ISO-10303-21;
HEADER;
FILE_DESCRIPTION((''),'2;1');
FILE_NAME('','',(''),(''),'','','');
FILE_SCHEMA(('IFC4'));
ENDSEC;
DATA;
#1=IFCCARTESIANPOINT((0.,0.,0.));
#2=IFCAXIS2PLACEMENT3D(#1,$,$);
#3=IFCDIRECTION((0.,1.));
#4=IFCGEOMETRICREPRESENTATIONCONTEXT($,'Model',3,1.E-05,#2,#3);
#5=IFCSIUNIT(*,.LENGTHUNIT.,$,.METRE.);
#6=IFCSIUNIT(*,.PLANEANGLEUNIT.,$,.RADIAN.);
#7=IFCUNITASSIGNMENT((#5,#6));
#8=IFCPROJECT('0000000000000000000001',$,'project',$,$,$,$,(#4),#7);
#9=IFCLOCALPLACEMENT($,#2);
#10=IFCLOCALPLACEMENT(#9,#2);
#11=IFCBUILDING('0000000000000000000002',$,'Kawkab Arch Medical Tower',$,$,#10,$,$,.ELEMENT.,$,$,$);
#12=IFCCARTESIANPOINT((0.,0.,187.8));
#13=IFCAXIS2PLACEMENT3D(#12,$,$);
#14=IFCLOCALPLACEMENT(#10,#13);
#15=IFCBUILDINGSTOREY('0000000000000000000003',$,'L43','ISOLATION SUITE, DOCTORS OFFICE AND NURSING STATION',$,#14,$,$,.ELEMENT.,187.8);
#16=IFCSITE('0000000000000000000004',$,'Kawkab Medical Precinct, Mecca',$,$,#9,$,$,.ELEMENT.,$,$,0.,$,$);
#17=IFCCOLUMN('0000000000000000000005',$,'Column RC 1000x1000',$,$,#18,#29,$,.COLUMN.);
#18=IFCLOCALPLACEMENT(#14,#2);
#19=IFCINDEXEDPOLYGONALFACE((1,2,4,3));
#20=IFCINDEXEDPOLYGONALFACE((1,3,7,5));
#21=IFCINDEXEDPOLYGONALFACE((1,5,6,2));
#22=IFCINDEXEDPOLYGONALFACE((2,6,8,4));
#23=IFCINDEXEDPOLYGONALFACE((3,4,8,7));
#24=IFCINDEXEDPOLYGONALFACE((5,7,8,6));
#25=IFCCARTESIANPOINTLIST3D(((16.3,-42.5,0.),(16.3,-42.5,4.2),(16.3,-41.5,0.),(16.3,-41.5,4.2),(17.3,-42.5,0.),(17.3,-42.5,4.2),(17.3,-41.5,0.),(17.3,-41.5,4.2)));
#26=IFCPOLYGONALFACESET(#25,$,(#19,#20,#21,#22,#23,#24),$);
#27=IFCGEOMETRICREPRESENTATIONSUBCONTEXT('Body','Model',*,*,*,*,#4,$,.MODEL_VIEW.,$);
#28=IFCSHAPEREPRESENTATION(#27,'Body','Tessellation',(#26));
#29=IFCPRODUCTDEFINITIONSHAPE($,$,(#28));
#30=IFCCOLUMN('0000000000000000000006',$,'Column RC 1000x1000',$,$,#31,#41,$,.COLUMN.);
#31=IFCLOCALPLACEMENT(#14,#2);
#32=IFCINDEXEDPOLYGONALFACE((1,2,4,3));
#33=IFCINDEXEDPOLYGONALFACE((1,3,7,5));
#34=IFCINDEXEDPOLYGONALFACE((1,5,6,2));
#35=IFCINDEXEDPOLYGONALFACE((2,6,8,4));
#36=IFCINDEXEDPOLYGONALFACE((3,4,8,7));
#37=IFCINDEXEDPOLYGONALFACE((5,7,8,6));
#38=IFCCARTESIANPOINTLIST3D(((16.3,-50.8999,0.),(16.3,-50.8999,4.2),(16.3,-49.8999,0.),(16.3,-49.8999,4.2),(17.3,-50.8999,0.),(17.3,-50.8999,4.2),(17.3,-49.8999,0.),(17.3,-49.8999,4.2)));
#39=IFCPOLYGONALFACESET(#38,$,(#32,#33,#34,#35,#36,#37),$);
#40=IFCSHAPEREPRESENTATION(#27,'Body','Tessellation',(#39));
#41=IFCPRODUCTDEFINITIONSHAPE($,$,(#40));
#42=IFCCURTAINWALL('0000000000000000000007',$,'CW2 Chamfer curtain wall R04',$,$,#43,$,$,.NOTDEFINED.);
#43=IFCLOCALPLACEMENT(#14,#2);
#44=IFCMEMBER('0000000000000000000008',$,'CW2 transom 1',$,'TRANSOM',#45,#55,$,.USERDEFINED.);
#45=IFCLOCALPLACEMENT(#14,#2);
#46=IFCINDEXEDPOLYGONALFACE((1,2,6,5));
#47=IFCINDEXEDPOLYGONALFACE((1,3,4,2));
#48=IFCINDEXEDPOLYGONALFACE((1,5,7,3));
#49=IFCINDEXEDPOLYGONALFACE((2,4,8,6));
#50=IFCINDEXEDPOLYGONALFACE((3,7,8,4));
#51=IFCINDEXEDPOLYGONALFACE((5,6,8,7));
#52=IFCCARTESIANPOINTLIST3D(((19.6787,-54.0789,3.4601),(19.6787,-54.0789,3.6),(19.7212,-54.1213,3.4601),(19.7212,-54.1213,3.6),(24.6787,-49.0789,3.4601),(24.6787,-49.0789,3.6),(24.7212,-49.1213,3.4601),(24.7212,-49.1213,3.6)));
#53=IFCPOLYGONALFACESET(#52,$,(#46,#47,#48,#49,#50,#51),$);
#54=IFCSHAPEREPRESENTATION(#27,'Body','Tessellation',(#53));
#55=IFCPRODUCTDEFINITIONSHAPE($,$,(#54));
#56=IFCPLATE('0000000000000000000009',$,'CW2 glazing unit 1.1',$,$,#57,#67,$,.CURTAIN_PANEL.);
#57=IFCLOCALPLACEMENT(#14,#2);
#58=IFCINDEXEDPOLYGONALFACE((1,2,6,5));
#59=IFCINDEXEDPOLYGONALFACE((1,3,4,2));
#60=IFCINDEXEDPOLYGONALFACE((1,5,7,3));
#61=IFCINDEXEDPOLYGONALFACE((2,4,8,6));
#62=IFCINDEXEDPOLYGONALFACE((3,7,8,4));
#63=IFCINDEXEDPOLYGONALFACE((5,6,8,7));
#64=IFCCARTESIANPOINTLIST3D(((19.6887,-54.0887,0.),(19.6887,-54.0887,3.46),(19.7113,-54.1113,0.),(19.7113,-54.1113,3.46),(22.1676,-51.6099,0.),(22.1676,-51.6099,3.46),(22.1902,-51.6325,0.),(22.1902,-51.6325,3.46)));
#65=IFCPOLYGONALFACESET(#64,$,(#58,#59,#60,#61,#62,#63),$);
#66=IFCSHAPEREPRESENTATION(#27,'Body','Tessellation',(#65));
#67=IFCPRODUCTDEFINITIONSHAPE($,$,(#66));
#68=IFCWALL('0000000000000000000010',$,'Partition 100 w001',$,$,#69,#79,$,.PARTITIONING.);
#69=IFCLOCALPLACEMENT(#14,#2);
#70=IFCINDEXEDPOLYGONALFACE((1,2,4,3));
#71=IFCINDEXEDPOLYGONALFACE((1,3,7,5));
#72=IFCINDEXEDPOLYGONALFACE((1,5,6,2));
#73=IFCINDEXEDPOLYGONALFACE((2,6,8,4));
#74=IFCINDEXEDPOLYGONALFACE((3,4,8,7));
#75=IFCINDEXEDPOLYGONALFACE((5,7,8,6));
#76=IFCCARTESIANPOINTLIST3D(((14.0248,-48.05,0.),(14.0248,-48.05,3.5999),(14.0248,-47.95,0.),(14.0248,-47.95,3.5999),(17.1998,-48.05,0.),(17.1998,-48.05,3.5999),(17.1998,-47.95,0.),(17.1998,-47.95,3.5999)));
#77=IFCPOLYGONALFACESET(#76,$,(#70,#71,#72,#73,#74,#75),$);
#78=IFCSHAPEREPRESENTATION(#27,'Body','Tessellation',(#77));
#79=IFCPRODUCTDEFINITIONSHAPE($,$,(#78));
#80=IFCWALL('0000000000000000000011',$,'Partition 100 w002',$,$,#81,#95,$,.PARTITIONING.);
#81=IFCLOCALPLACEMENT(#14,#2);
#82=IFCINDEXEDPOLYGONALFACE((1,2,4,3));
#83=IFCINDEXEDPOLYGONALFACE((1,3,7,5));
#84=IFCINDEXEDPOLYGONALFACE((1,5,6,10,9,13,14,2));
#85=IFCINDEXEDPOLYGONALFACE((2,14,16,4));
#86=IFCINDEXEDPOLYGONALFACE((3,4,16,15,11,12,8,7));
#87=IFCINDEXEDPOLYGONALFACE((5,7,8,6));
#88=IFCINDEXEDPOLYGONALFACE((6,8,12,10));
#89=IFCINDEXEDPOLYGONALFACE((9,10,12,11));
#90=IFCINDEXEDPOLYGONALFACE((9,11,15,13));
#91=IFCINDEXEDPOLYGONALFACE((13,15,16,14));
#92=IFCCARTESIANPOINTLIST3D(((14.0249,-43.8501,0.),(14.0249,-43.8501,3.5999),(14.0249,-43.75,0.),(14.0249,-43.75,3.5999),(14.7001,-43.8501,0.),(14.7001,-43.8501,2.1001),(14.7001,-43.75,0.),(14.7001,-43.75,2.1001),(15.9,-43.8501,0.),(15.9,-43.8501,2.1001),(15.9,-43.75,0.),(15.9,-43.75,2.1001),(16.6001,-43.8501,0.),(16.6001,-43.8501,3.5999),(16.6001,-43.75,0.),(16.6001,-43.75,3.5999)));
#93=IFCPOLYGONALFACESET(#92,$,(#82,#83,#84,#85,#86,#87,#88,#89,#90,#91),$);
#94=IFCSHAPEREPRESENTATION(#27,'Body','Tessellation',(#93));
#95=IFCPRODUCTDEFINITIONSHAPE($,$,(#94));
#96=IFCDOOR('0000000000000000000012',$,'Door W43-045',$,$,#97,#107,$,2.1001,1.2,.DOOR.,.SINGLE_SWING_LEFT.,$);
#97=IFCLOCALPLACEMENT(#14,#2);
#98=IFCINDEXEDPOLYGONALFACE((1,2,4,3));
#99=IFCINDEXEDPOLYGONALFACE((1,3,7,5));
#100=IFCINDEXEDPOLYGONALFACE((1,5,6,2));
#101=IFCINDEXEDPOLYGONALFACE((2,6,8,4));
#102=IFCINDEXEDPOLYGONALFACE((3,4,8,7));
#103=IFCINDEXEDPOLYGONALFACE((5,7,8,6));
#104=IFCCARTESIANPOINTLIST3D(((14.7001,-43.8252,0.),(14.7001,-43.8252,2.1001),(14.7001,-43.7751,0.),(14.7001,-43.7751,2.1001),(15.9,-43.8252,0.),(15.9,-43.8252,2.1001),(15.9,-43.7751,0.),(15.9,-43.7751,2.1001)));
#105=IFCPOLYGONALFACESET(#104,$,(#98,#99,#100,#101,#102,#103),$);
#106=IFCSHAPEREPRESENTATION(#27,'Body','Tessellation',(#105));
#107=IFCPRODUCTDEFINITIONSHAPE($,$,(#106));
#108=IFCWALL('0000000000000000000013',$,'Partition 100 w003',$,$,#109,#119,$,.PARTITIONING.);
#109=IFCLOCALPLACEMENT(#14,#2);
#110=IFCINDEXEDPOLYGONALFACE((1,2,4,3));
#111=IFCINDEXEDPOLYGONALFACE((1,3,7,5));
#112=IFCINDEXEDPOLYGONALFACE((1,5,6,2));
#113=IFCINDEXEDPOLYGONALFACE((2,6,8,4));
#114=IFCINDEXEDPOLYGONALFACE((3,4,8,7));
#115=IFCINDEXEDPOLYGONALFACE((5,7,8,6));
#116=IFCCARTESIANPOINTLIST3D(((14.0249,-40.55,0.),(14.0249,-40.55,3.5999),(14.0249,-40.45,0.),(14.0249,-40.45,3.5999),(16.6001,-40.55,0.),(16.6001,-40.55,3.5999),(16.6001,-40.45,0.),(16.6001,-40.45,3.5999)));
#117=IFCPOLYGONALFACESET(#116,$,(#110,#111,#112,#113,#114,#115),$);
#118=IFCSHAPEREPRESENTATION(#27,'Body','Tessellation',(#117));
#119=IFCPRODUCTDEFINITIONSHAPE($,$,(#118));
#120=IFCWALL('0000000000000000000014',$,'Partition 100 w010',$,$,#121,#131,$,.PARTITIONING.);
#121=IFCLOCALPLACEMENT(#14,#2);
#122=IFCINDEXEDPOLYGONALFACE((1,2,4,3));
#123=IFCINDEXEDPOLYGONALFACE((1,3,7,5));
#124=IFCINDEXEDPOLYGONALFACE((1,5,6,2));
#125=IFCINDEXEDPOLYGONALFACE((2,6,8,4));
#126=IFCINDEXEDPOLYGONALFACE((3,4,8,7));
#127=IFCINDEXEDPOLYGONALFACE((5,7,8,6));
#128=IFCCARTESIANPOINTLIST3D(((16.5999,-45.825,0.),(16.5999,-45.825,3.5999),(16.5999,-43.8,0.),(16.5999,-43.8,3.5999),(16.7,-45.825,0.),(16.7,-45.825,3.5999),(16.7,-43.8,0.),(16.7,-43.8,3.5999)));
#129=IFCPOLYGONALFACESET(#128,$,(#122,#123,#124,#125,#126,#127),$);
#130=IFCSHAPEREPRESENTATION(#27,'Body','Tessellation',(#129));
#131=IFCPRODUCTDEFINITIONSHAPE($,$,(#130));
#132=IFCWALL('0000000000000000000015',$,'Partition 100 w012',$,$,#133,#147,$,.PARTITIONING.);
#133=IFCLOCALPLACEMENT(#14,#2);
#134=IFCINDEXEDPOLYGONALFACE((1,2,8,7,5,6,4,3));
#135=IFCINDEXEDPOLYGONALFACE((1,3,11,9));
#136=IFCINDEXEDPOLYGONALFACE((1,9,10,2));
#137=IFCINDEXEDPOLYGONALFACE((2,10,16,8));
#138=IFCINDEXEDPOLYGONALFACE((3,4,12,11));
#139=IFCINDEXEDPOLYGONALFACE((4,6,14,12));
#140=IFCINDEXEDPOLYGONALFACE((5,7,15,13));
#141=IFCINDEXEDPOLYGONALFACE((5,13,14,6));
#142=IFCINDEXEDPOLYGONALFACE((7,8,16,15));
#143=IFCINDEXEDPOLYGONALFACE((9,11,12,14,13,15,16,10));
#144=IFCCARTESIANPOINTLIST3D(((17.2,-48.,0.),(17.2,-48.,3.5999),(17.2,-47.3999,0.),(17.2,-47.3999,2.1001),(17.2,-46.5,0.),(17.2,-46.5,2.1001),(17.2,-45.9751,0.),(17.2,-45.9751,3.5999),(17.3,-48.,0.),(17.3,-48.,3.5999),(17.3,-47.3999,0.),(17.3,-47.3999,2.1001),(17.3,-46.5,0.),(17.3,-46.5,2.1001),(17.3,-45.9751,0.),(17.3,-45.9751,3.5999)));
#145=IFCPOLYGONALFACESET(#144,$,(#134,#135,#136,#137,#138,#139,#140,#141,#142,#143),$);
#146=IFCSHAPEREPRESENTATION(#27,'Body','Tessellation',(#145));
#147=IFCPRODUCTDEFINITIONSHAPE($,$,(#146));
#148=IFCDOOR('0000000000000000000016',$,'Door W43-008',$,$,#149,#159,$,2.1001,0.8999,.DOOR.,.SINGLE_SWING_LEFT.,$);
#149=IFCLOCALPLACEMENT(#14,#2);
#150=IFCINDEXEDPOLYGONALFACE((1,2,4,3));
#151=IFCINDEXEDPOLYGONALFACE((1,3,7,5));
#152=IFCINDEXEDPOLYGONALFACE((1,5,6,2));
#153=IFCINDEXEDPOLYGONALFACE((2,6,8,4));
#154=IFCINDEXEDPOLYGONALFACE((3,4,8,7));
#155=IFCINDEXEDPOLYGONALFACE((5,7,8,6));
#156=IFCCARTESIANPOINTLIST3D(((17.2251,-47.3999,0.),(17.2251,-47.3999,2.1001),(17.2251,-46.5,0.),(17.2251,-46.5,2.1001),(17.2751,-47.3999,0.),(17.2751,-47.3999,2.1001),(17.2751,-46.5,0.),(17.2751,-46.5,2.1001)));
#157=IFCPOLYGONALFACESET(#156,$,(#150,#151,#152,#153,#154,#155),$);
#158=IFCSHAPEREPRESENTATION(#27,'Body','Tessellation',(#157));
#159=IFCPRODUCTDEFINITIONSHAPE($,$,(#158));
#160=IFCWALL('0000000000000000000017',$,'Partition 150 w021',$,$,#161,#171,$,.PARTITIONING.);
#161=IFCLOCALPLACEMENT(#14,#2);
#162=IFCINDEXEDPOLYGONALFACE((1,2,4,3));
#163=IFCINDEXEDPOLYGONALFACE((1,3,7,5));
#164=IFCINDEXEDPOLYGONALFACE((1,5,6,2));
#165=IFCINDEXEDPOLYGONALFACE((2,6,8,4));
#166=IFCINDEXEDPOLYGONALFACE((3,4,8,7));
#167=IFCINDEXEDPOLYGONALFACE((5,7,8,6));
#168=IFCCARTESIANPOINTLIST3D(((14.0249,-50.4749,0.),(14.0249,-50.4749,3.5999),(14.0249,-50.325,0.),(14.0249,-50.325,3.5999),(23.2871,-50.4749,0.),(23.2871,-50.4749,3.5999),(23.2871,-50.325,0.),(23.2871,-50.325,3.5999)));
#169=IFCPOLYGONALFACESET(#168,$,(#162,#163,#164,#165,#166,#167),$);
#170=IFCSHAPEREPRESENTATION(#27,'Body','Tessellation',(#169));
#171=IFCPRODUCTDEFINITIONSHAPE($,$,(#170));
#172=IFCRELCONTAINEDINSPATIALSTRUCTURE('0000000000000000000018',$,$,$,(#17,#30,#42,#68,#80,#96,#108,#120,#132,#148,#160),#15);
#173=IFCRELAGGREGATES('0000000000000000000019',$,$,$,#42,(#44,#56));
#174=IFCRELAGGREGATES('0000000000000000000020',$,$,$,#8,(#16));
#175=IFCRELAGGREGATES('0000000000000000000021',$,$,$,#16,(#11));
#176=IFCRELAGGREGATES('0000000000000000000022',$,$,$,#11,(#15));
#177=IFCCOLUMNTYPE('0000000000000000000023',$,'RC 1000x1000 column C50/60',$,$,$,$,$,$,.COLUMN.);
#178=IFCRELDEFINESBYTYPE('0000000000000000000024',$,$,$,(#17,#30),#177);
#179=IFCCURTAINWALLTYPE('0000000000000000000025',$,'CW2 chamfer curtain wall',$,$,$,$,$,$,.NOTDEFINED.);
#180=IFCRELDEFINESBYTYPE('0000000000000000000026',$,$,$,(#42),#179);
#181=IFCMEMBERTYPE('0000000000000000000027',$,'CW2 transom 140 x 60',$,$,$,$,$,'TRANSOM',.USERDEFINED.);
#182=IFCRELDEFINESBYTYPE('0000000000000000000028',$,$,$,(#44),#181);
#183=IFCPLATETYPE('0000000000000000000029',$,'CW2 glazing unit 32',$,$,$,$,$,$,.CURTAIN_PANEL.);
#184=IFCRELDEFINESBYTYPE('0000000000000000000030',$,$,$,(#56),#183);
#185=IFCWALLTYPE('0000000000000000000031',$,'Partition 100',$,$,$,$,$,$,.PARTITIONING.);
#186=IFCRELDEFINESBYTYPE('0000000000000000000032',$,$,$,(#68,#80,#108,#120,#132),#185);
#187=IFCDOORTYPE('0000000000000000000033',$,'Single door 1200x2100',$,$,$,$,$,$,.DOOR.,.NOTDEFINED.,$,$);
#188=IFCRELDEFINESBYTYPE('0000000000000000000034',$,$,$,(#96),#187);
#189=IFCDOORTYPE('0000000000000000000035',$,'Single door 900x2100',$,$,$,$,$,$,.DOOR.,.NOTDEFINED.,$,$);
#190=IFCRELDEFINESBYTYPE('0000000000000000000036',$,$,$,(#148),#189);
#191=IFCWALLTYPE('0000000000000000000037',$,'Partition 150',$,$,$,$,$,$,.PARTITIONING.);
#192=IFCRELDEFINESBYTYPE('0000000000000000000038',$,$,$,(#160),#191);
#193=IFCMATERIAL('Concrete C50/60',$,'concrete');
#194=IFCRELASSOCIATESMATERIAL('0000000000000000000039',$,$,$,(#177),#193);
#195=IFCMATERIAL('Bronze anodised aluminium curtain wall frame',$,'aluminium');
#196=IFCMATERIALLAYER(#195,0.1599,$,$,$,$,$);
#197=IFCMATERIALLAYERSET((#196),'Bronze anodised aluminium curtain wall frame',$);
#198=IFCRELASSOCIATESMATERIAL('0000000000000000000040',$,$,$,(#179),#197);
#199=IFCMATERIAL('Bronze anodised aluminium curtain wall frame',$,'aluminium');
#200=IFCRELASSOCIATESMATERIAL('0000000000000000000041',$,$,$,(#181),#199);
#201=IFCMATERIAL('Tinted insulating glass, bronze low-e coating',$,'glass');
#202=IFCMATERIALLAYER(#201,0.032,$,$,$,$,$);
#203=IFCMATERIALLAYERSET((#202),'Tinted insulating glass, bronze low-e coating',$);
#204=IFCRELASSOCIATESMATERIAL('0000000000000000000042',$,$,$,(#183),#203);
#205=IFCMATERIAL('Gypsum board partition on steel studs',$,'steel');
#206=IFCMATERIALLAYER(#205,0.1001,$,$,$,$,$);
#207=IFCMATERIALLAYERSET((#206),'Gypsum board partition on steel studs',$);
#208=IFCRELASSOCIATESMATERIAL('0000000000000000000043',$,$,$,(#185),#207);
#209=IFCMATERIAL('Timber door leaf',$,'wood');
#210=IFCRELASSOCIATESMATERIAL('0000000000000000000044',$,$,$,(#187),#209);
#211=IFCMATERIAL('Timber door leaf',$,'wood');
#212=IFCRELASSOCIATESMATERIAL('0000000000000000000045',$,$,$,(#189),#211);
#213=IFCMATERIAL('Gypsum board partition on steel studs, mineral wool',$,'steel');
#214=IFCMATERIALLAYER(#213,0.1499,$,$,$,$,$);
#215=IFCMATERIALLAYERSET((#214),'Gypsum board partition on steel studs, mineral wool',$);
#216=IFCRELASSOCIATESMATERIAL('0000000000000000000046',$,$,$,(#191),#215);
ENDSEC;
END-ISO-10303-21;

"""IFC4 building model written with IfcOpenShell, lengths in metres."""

from ifc_helpers import new_model, si_unit, direction, frame, frame_2d, origin, origin_2d, place, context, subcontext, project, spatial, rectangle, extrude, material, layer, layer_set, material_profile, profile_set, type_object, element, fill, aggregate, save


model = new_model("IFC4")

# Units and contexts
model_context = context("Model", 3, precision=1e-05, world=origin(), true_north=direction((0.0, 1.0)))
body_context = subcontext(model_context, "Body", "Model", "MODEL_VIEW")
ifc_project = project(units=[si_unit("LENGTHUNIT", "METRE"), si_unit("PLANEANGLEUNIT", "RADIAN")], contexts=[model_context])

# Site, building, storey
site_placement = place(None, origin())
site = spatial("IfcSite", under=ifc_project, at=site_placement, Name="Kawkab Medical Precinct, Mecca", CompositionType="ELEMENT", RefElevation=0.0)
building_placement = place(site_placement, origin())
building = spatial("IfcBuilding", under=site, at=building_placement, Name="Kawkab Arch Medical Tower", CompositionType="ELEMENT")
storey_placement = place(building_placement, frame((0.0, 0.0, 187.8)))
storey = spatial("IfcBuildingStorey", under=building, at=storey_placement, Name="L43", Description="ISOLATION SUITE, DOCTORS OFFICE AND NURSING STATION", CompositionType="ELEMENT", Elevation=187.8)

# Columns
ifc_material_1 = material(Name="Concrete C50/60", Category="concrete")
ifc_material_profile_1 = material_profile(ifc_material_1, rectangle(XDim=1.0, YDim=1.0, at=origin_2d()), Name="RC 1000x1000")
ifc_profile_set_1 = profile_set([ifc_material_profile_1], Name="Concrete C50/60")
column_type = type_object("IfcColumnType", Name="RC 1000x1000 column C50/60", PredefinedType="COLUMN", material=ifc_profile_set_1)
for number, where, z_axis, x_axis, name in (
    (1, (16.8, -42.0, 0.0), (0.0, 0.0, 1.0), (1.0, 0.0, 0.0), "Column RC 1000x1000"),
    (2, (16.8, -50.3999, 0.0), (0.0, 0.0, 1.0), (1.0, 0.0, 0.0), "Column RC 1000x1000"),
):
    element("IfcColumn", number, at=place(storey_placement, frame(where, z_axis=z_axis, x_axis=x_axis)), inside=storey, type_object=column_type, Name=name, PredefinedType="COLUMN", context=body_context, shape_type="SweptSolid", body=[
        extrude(rectangle(XDim=1.0, YDim=1.0, at=origin_2d()), origin(), (0.0, 0.0, 1.0), 4.2),
    ])

# Curtain wall, member, plate
ifc_material_2 = material(Name="Bronze anodised aluminium curtain wall frame", Category="aluminium")
ifc_layer_1 = layer(ifc_material_2, 0.1599)
ifc_layer_set_1 = layer_set([ifc_layer_1], Name="Bronze anodised aluminium curtain wall frame")
curtain_wall_type = type_object("IfcCurtainWallType", Name="CW2 chamfer curtain wall", PredefinedType="NOTDEFINED", material=ifc_layer_set_1)
curtain_wall_placement = place(storey_placement, origin())
curtain_wall = element("IfcCurtainWall", 3, at=curtain_wall_placement, inside=storey, type_object=curtain_wall_type, Name="CW2 Chamfer curtain wall R04", PredefinedType="NOTDEFINED")
ifc_material_3 = material(Name="Bronze anodised aluminium curtain wall frame", Category="aluminium")
ifc_material_profile_2 = material_profile(ifc_material_3, rectangle(XDim=0.0601, YDim=0.1399, at=origin_2d()), Name="AL 60x140")
ifc_profile_set_2 = profile_set([ifc_material_profile_2], Name="Bronze anodised aluminium curtain wall frame")
member_type = type_object("IfcMemberType", Name="CW2 transom 140 x 60", ElementType="TRANSOM", PredefinedType="USERDEFINED", material=ifc_profile_set_2)
member_placement = place(storey_placement, frame((19.7, -54.1001, 3.53), z_axis=(0.707107, 0.707107, 0.0), x_axis=(-0.707107, 0.707107, 0.0)))
member = element("IfcMember", 4, at=member_placement, type_object=member_type, Name="CW2 transom 1", ObjectType="TRANSOM", PredefinedType="USERDEFINED", context=body_context, shape_type="SweptSolid", body=[
    extrude(rectangle(XDim=0.0601, YDim=0.1399, at=origin_2d()), origin(), (0.0, 0.0, 1.0), 7.071),
])
ifc_material_4 = material(Name="Tinted insulating glass, bronze low-e coating", Category="glass")
ifc_layer_2 = layer(ifc_material_4, 0.032)
ifc_layer_set_2 = layer_set([ifc_layer_2], Name="Tinted insulating glass, bronze low-e coating")
plate_type = type_object("IfcPlateType", Name="CW2 glazing unit 32", PredefinedType="CURTAIN_PANEL", material=ifc_layer_set_2)
plate_placement = place(storey_placement, frame((20.9395, -52.8606, 0.0), z_axis=(0.0, 0.0, 1.0), x_axis=(0.707107, 0.707107, 0.0)))
plate = element("IfcPlate", 5, at=plate_placement, type_object=plate_type, Name="CW2 glazing unit 1.1", PredefinedType="CURTAIN_PANEL", context=body_context, shape_type="SweptSolid", body=[
    extrude(rectangle(XDim=3.5056, YDim=0.032, at=origin_2d()), origin(), (0.0, 0.0, 1.0), 3.46),
])
aggregate(curtain_wall, [member, plate])

# Wall
ifc_material_5 = material(Name="Gypsum board partition on steel studs", Category="steel")
ifc_layer_3 = layer(ifc_material_5, 0.1001)
ifc_layer_set_3 = layer_set([ifc_layer_3], Name="Gypsum board partition on steel studs")
wall_type_1 = type_object("IfcWallType", Name="Partition 100", PredefinedType="PARTITIONING", material=ifc_layer_set_3)
wall_1_placement = place(storey_placement, frame((14.0249, -48.0, 0.0), z_axis=(0.0, 0.0, 1.0), x_axis=(1.0, 0.0, 0.0)))
element("IfcWall", 6, at=wall_1_placement, inside=storey, type_object=wall_type_1, Name="Partition 100 w001", PredefinedType="PARTITIONING", context=body_context, shape_type="SweptSolid", body=[
    extrude(rectangle(XDim=3.175, YDim=0.1001, at=frame_2d((1.5874, 0.0))), origin(), (0.0, 0.0, 1.0), 3.5999),
])

# Wall, opening, door
wall_2_placement = place(storey_placement, frame((14.0249, -43.8, 0.0), z_axis=(0.0, 0.0, 1.0), x_axis=(1.0, 0.0, 0.0)))
wall_2 = element("IfcWall", 7, at=wall_2_placement, inside=storey, type_object=wall_type_1, Name="Partition 100 w002", PredefinedType="PARTITIONING", context=body_context, shape_type="SweptSolid", body=[
    extrude(rectangle(XDim=2.5752, YDim=0.1001, at=frame_2d((1.2876, 0.0))), origin(), (0.0, 0.0, 1.0), 3.5999),
])
opening_1_placement = place(wall_2_placement, frame((0.675, 0.0, 0.0)))
opening_1 = element("IfcOpeningElement", 8, at=opening_1_placement, cuts=wall_2, PredefinedType="OPENING", context=body_context, shape_type="SweptSolid", body=[
    extrude(rectangle(XDim=1.2, YDim=2.1001, at=frame_2d((0.6001, 1.05))), frame((0.0, 0.0601, 0.0), z_axis=(0.0, -1.0, 0.0), x_axis=(1.0, 0.0, 0.0)), (0.0, 0.0, 1.0), 0.1201),
])
ifc_material_6 = material(Name="Timber door leaf", Category="wood")
door_type_1 = type_object("IfcDoorType", Name="Single door 1200x2100", OperationType="NOTDEFINED", PredefinedType="DOOR", material=ifc_material_6)
door_1_placement = place(opening_1_placement, origin())
door_1 = element("IfcDoor", 9, at=door_1_placement, inside=storey, type_object=door_type_1, Name="Door W43-045", OperationType="SINGLE_SWING_LEFT", OverallHeight=2.1001, OverallWidth=1.2, PredefinedType="DOOR", context=body_context, shape_type="SweptSolid", body=[
    extrude(rectangle(XDim=1.2, YDim=2.1001, at=frame_2d((0.6001, 1.05))), frame((0.0, 0.0249, 0.0), z_axis=(0.0, -1.0, 0.0), x_axis=(1.0, 0.0, 0.0)), (0.0, 0.0, 1.0), 0.05),
])
fill(opening_1, door_1)

# Walls
wall_3_placement = place(storey_placement, frame((14.0249, -40.5, 0.0), z_axis=(0.0, 0.0, 1.0), x_axis=(1.0, 0.0, 0.0)))
element("IfcWall", 10, at=wall_3_placement, inside=storey, type_object=wall_type_1, Name="Partition 100 w003", PredefinedType="PARTITIONING", context=body_context, shape_type="SweptSolid", body=[
    extrude(rectangle(XDim=2.5752, YDim=0.1001, at=frame_2d((1.2876, 0.0))), origin(), (0.0, 0.0, 1.0), 3.5999),
])
wall_4_placement = place(storey_placement, frame((16.6499, -45.825, 0.0), z_axis=(0.0, 0.0, 1.0), x_axis=(0.0, 1.0, 0.0)))
element("IfcWall", 11, at=wall_4_placement, inside=storey, type_object=wall_type_1, Name="Partition 100 w010", PredefinedType="PARTITIONING", context=body_context, shape_type="SweptSolid", body=[
    extrude(rectangle(XDim=2.0249, YDim=0.1001, at=frame_2d((1.0125, 0.0))), origin(), (0.0, 0.0, 1.0), 3.5999),
])

# Wall, opening, door
wall_5_placement = place(storey_placement, frame((17.25, -48.0, 0.0), z_axis=(0.0, 0.0, 1.0), x_axis=(0.0, 1.0, 0.0)))
wall_5 = element("IfcWall", 12, at=wall_5_placement, inside=storey, type_object=wall_type_1, Name="Partition 100 w012", PredefinedType="PARTITIONING", context=body_context, shape_type="SweptSolid", body=[
    extrude(rectangle(XDim=2.0249, YDim=0.1001, at=frame_2d((1.0125, 0.0))), origin(), (0.0, 0.0, 1.0), 3.5999),
])
opening_2_placement = place(wall_5_placement, frame((0.6001, 0.0, 0.0)))
opening_2 = element("IfcOpeningElement", 13, at=opening_2_placement, cuts=wall_5, PredefinedType="OPENING", context=body_context, shape_type="SweptSolid", body=[
    extrude(rectangle(XDim=0.8999, YDim=2.1001, at=frame_2d((0.45, 1.05))), frame((0.0, 0.0601, 0.0), z_axis=(0.0, -1.0, 0.0), x_axis=(1.0, 0.0, 0.0)), (0.0, 0.0, 1.0), 0.1201),
])
ifc_material_7 = material(Name="Timber door leaf", Category="wood")
door_type_2 = type_object("IfcDoorType", Name="Single door 900x2100", OperationType="NOTDEFINED", PredefinedType="DOOR", material=ifc_material_7)
door_2_placement = place(opening_2_placement, origin())
door_2 = element("IfcDoor", 14, at=door_2_placement, inside=storey, type_object=door_type_2, Name="Door W43-008", OperationType="SINGLE_SWING_LEFT", OverallHeight=2.1001, OverallWidth=0.8999, PredefinedType="DOOR", context=body_context, shape_type="SweptSolid", body=[
    extrude(rectangle(XDim=0.8999, YDim=2.1001, at=frame_2d((0.45, 1.05))), frame((0.0, 0.0249, 0.0), z_axis=(0.0, -1.0, 0.0), x_axis=(1.0, 0.0, 0.0)), (0.0, 0.0, 1.0), 0.05),
])
fill(opening_2, door_2)

# Wall
ifc_material_8 = material(Name="Gypsum board partition on steel studs, mineral wool", Category="steel")
ifc_layer_4 = layer(ifc_material_8, 0.1499)
ifc_layer_set_4 = layer_set([ifc_layer_4], Name="Gypsum board partition on steel studs, mineral wool")
wall_type_2 = type_object("IfcWallType", Name="Partition 150", PredefinedType="PARTITIONING", material=ifc_layer_set_4)
wall_6_placement = place(storey_placement, frame((14.0249, -50.3999, 0.0), z_axis=(0.0, 0.0, 1.0), x_axis=(1.0, 0.0, 0.0)))
element("IfcWall", 15, at=wall_6_placement, inside=storey, type_object=wall_type_2, Name="Partition 150 w021", PredefinedType="PARTITIONING", context=body_context, shape_type="SweptSolid", body=[
    extrude(rectangle(XDim=9.2622, YDim=0.1499, at=frame_2d((4.6311, 0.0))), origin(), (0.0, 0.0, 1.0), 3.5999),
])

save(model, "model.ifc")
